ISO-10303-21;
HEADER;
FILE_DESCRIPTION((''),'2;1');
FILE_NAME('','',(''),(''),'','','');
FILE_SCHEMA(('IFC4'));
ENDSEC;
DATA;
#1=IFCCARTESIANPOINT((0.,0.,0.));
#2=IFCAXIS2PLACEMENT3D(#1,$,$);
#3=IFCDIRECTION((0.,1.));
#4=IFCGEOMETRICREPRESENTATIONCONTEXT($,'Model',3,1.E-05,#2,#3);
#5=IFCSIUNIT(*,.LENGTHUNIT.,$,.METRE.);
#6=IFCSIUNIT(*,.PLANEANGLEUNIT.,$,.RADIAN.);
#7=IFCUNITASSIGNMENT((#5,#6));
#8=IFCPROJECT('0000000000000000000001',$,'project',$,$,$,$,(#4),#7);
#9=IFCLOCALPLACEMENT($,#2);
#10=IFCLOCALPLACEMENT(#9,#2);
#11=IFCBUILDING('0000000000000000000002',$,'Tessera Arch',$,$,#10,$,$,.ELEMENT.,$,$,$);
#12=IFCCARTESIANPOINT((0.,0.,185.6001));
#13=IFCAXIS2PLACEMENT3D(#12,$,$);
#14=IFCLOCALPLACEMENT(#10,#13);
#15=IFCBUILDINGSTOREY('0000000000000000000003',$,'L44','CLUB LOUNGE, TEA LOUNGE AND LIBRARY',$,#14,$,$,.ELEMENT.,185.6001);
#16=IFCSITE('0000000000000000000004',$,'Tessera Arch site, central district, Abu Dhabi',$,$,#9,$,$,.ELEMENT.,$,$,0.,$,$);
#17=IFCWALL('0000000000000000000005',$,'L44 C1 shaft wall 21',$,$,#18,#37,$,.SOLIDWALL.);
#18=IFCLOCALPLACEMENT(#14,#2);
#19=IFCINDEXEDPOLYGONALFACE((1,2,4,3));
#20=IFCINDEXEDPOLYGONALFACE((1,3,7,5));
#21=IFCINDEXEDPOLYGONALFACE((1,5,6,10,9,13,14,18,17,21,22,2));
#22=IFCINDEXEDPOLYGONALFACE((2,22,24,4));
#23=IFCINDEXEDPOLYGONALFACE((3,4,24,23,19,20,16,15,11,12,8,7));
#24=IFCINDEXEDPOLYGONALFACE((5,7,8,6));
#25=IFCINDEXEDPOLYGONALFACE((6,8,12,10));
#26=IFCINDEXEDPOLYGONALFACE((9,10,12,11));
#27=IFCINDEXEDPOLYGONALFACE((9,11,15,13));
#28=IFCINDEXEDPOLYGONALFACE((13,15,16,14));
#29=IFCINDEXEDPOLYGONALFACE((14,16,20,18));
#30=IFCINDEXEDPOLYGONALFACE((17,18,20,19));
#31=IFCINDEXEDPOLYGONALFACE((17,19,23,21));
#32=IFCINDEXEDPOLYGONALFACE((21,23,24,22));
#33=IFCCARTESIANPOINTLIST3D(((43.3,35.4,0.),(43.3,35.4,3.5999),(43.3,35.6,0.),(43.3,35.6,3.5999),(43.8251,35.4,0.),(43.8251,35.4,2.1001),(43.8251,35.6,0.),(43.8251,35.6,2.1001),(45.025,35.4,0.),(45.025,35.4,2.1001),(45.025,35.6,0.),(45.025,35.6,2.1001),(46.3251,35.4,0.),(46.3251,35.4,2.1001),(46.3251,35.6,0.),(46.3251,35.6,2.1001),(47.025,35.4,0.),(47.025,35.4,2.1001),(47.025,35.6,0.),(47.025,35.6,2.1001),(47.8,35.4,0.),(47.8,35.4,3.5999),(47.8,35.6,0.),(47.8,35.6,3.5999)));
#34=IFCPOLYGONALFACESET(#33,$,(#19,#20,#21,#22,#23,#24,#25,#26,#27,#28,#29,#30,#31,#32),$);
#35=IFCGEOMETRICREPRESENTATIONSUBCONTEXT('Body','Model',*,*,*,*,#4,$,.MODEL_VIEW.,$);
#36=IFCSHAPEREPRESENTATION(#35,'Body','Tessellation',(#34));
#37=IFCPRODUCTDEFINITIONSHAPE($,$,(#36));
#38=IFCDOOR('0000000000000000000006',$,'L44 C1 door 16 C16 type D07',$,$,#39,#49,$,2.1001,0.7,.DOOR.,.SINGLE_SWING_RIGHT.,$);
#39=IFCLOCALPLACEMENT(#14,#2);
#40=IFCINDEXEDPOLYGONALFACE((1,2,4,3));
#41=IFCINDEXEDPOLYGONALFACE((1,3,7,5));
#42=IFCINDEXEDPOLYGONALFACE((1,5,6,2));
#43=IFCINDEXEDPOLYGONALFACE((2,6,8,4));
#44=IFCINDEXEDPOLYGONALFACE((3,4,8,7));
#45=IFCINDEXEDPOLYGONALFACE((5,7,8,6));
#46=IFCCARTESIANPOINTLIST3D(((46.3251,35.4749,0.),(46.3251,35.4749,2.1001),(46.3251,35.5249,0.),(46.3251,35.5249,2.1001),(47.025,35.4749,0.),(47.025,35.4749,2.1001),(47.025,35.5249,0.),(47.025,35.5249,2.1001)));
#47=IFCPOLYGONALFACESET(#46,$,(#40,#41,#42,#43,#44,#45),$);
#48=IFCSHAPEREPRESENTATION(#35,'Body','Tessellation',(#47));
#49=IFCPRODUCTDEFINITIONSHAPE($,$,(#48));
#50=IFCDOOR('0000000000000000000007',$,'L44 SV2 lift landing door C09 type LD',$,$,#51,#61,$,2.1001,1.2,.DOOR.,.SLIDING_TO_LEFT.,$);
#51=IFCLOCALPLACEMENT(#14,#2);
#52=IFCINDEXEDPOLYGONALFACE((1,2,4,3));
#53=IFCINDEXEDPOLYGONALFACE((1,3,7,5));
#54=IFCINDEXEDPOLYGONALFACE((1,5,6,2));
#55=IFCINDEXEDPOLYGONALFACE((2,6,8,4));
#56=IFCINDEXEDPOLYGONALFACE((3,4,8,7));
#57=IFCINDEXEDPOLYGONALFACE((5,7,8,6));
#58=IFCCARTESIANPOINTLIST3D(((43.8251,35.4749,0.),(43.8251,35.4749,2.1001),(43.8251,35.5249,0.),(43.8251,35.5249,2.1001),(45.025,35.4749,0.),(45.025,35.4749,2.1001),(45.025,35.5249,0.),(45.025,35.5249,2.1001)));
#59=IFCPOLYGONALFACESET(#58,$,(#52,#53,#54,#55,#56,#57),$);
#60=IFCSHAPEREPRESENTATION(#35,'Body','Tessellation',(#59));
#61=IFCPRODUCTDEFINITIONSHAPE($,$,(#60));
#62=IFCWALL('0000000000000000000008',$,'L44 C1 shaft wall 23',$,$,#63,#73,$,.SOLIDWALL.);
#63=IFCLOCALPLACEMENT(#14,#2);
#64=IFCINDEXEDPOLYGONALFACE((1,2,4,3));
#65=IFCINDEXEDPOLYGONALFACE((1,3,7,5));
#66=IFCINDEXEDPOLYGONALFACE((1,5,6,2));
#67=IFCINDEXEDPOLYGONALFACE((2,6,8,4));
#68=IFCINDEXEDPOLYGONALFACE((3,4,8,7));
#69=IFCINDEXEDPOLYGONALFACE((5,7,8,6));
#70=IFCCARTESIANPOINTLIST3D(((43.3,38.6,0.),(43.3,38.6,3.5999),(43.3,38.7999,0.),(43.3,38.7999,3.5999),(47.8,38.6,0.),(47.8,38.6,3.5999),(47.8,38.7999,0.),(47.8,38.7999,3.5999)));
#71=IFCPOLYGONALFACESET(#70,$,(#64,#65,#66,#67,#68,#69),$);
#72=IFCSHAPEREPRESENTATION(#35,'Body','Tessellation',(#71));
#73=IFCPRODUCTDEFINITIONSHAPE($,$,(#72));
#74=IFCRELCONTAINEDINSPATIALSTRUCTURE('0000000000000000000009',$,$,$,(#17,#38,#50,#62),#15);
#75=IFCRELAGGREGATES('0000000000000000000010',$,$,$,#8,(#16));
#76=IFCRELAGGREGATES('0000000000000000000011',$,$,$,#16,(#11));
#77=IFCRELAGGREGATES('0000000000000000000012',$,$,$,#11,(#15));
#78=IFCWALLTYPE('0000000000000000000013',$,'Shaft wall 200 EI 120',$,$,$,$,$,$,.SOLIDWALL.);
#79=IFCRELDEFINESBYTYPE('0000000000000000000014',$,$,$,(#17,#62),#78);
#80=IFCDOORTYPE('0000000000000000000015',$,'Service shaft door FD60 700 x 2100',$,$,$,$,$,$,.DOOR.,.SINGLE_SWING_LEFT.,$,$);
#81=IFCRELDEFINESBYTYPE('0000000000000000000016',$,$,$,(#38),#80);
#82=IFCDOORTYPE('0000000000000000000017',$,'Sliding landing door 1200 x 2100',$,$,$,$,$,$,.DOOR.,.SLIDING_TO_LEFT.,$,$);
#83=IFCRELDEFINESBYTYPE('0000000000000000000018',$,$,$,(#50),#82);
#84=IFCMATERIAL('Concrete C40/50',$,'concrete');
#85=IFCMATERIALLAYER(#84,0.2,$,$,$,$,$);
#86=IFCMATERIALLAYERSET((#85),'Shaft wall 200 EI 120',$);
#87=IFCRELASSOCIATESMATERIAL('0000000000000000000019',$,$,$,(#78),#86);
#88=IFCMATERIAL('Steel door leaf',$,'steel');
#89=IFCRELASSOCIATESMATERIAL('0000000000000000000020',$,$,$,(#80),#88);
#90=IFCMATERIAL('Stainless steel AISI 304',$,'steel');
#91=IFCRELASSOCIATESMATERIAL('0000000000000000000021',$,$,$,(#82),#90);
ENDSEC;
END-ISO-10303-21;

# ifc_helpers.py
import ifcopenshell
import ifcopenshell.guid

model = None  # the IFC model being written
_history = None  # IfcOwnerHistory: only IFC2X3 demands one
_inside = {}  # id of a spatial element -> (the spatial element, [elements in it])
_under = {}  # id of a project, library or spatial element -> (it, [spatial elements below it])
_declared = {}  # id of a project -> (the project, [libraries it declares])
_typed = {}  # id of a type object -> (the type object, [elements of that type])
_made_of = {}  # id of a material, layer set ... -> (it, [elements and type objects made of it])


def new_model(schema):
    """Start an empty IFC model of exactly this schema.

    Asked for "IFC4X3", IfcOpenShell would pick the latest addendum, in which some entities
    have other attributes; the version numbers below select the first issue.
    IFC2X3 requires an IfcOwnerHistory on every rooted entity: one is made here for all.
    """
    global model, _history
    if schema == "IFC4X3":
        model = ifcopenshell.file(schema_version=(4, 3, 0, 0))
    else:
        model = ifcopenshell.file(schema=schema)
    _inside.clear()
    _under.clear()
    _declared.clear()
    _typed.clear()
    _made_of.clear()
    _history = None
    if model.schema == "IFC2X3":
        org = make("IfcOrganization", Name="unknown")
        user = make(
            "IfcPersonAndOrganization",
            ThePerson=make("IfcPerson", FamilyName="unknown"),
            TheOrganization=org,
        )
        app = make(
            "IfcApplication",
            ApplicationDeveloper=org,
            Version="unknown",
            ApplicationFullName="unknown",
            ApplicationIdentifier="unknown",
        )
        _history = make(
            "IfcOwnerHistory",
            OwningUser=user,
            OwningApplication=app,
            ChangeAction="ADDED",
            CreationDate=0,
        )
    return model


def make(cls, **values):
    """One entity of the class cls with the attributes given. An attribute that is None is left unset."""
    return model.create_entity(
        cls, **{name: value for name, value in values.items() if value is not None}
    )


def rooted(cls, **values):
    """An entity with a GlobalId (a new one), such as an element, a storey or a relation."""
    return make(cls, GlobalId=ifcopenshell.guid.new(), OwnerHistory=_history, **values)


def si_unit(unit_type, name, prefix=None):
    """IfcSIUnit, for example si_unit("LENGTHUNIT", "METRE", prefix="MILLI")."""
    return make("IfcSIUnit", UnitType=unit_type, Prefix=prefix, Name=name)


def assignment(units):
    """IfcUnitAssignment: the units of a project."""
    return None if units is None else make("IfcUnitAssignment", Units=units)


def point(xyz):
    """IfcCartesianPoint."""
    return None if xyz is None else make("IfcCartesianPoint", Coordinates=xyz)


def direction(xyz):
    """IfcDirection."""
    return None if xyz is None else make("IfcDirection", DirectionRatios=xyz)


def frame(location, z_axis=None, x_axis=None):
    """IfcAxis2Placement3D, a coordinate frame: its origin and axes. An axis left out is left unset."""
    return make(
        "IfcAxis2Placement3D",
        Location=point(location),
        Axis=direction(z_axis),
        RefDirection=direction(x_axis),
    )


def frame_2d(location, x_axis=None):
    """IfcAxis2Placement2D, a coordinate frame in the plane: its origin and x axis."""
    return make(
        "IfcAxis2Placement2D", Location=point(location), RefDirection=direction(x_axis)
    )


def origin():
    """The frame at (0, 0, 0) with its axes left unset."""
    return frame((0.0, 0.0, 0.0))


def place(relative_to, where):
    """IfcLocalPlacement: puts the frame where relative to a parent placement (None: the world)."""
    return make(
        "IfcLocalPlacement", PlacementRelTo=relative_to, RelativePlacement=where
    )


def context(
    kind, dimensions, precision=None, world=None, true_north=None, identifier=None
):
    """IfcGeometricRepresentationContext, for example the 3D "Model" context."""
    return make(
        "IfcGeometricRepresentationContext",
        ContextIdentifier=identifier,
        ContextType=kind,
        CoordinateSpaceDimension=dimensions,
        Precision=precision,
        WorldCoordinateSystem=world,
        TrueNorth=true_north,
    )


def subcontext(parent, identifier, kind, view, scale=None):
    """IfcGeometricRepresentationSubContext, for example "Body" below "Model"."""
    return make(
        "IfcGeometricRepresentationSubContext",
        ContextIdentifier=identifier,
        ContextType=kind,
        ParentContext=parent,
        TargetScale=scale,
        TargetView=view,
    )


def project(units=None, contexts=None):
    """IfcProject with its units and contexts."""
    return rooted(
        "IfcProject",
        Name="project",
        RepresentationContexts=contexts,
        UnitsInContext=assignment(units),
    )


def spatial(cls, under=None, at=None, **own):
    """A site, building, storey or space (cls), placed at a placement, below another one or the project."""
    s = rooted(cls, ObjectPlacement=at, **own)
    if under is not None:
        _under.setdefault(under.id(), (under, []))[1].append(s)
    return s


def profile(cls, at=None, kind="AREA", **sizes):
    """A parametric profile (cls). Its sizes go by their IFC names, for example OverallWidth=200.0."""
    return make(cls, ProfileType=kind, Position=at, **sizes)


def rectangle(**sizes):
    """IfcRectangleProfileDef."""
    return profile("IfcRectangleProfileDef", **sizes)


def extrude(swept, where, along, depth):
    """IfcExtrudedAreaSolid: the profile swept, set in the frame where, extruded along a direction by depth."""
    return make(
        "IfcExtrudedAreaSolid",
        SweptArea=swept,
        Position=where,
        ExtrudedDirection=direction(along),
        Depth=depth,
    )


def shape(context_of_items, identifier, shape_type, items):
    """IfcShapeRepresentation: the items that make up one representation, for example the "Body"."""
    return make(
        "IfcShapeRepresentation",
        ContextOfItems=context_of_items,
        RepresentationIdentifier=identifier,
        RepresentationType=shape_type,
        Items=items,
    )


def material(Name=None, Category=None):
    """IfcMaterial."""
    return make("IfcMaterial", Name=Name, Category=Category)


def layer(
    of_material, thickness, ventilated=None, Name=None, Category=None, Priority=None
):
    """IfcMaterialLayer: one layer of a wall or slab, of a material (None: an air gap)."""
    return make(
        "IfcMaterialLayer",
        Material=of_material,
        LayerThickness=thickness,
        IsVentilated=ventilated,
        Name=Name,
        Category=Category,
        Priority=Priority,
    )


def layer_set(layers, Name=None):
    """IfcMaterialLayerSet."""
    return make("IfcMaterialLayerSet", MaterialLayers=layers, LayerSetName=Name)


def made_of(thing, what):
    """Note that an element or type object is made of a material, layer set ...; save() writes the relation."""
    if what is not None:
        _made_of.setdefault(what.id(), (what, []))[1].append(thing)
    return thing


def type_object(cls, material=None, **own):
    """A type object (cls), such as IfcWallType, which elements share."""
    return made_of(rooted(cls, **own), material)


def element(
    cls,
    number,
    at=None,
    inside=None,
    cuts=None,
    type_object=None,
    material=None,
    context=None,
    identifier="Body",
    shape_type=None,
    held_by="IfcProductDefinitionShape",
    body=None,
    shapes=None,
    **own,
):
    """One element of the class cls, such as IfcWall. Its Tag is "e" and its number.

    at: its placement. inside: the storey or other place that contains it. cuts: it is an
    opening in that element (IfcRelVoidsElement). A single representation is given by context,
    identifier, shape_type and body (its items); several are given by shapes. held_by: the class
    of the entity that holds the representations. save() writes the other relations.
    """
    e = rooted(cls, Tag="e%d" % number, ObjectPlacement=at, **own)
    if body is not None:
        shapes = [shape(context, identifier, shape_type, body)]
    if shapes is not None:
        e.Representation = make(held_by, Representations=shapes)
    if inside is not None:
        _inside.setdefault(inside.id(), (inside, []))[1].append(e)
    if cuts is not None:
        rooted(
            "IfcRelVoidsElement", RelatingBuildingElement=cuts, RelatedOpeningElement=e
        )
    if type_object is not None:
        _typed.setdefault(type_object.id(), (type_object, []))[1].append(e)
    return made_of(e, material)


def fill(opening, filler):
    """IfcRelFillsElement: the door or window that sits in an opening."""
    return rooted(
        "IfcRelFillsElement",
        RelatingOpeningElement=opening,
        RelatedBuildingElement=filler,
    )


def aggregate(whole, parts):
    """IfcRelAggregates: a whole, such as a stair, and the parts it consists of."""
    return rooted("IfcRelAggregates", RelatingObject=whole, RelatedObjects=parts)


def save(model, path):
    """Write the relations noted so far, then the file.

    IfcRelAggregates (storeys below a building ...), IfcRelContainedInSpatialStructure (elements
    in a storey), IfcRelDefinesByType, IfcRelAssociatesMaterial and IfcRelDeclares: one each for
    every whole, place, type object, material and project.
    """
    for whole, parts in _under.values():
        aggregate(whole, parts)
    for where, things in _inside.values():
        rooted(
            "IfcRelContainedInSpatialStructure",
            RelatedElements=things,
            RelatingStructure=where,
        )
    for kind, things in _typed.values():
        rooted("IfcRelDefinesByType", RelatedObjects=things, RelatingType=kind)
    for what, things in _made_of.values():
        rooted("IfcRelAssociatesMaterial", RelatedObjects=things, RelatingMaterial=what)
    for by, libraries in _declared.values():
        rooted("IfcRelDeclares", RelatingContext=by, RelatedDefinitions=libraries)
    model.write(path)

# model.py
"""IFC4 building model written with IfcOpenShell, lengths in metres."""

from ifc_helpers import new_model, si_unit, direction, frame, frame_2d, origin, place, context, subcontext, project, spatial, rectangle, extrude, material, layer, layer_set, type_object, element, fill, save


model = new_model("IFC4")

# Units and contexts
model_context = context("Model", 3, precision=1e-05, world=origin(), true_north=direction((0.0, 1.0)))
body_context = subcontext(model_context, "Body", "Model", "MODEL_VIEW")
ifc_project = project(units=[si_unit("LENGTHUNIT", "METRE"), si_unit("PLANEANGLEUNIT", "RADIAN")], contexts=[model_context])

# Site, building, storey
site_placement = place(None, origin())
site = spatial("IfcSite", under=ifc_project, at=site_placement, Name="Tessera Arch site, central district, Abu Dhabi", CompositionType="ELEMENT", RefElevation=0.0)
building_placement = place(site_placement, origin())
building = spatial("IfcBuilding", under=site, at=building_placement, Name="Tessera Arch", CompositionType="ELEMENT")
storey_placement = place(building_placement, frame((0.0, 0.0, 185.6001)))
storey = spatial("IfcBuildingStorey", under=building, at=storey_placement, Name="L44", Description="CLUB LOUNGE, TEA LOUNGE AND LIBRARY", CompositionType="ELEMENT", Elevation=185.6001)

# Shared definitions
ifc_material_1 = material(Name="Concrete C40/50", Category="concrete")
ifc_layer_1 = layer(ifc_material_1, 0.2)
ifc_layer_set_1 = layer_set([ifc_layer_1], Name="Shaft wall 200 EI 120")
wall_type_1 = type_object("IfcWallType", Name="Shaft wall 200 EI 120", PredefinedType="SOLIDWALL", material=ifc_layer_set_1)

# Wall, openings, doors
wall_1_placement = place(storey_placement, frame((43.3, 35.5, 0.0), z_axis=(0.0, 0.0, 1.0), x_axis=(1.0, 0.0, 0.0)))
wall_1 = element("IfcWall", 1, at=wall_1_placement, inside=storey, type_object=wall_type_1, Name="L44 C1 shaft wall 21", PredefinedType="SOLIDWALL", context=body_context, shape_type="SweptSolid", body=[
    extrude(rectangle(XDim=4.5, YDim=0.2, at=frame_2d((2.25, 0.0))), origin(), (0.0, 0.0, 1.0), 3.5999),
])
opening_1_placement = place(wall_1_placement, frame((0.5249, 0.0, 0.0)))
opening_1 = element("IfcOpeningElement", 2, at=opening_1_placement, cuts=wall_1, PredefinedType="OPENING", context=body_context, shape_type="SweptSolid", body=[
    extrude(rectangle(XDim=1.2, YDim=2.1001, at=frame_2d((0.6001, 1.05))), frame((0.0, 0.1099, 0.0), z_axis=(0.0, -1.0, 0.0), x_axis=(1.0, 0.0, 0.0)), (0.0, 0.0, 1.0), 0.22),
])
opening_2_placement = place(wall_1_placement, frame((3.0249, 0.0, 0.0)))
opening_2 = element("IfcOpeningElement", 3, at=opening_2_placement, cuts=wall_1, PredefinedType="OPENING", context=body_context, shape_type="SweptSolid", body=[
    extrude(rectangle(XDim=0.7, YDim=2.1001, at=frame_2d((0.3501, 1.05))), frame((0.0, 0.1099, 0.0), z_axis=(0.0, -1.0, 0.0), x_axis=(1.0, 0.0, 0.0)), (0.0, 0.0, 1.0), 0.22),
])
ifc_material_2 = material(Name="Steel door leaf", Category="steel")
door_type_1 = type_object("IfcDoorType", Name="Service shaft door FD60 700 x 2100", OperationType="SINGLE_SWING_LEFT", PredefinedType="DOOR", material=ifc_material_2)
door_1_placement = place(opening_2_placement, origin())
door_1 = element("IfcDoor", 4, at=door_1_placement, inside=storey, type_object=door_type_1, Name="L44 C1 door 16 C16 type D07", OperationType="SINGLE_SWING_RIGHT", OverallHeight=2.1001, OverallWidth=0.7, PredefinedType="DOOR", context=body_context, shape_type="SweptSolid", body=[
    extrude(rectangle(XDim=0.7, YDim=2.1001, at=frame_2d((0.3501, 1.05))), frame((0.0, 0.0249, 0.0), z_axis=(0.0, -1.0, 0.0), x_axis=(1.0, 0.0, 0.0)), (0.0, 0.0, 1.0), 0.05),
])
fill(opening_2, door_1)
ifc_material_3 = material(Name="Stainless steel AISI 304", Category="steel")
door_type_2 = type_object("IfcDoorType", Name="Sliding landing door 1200 x 2100", OperationType="SLIDING_TO_LEFT", PredefinedType="DOOR", material=ifc_material_3)
door_2_placement = place(opening_1_placement, origin())
door_2 = element("IfcDoor", 5, at=door_2_placement, inside=storey, type_object=door_type_2, Name="L44 SV2 lift landing door C09 type LD", OperationType="SLIDING_TO_LEFT", OverallHeight=2.1001, OverallWidth=1.2, PredefinedType="DOOR", context=body_context, shape_type="SweptSolid", body=[
    extrude(rectangle(XDim=1.2, YDim=2.1001, at=frame_2d((0.6001, 1.05))), frame((0.0, 0.0249, 0.0), z_axis=(0.0, -1.0, 0.0), x_axis=(1.0, 0.0, 0.0)), (0.0, 0.0, 1.0), 0.05),
])
fill(opening_1, door_2)

# Wall
wall_2_placement = place(storey_placement, frame((43.3, 38.7, 0.0), z_axis=(0.0, 0.0, 1.0), x_axis=(1.0, 0.0, 0.0)))
element("IfcWall", 6, at=wall_2_placement, inside=storey, type_object=wall_type_1, Name="L44 C1 shaft wall 23", PredefinedType="SOLIDWALL", context=body_context, shape_type="SweptSolid", body=[
    extrude(rectangle(XDim=4.5, YDim=0.2, at=frame_2d((2.25, 0.0))), origin(), (0.0, 0.0, 1.0), 3.5999),
])

save(model, "model.ifc")
